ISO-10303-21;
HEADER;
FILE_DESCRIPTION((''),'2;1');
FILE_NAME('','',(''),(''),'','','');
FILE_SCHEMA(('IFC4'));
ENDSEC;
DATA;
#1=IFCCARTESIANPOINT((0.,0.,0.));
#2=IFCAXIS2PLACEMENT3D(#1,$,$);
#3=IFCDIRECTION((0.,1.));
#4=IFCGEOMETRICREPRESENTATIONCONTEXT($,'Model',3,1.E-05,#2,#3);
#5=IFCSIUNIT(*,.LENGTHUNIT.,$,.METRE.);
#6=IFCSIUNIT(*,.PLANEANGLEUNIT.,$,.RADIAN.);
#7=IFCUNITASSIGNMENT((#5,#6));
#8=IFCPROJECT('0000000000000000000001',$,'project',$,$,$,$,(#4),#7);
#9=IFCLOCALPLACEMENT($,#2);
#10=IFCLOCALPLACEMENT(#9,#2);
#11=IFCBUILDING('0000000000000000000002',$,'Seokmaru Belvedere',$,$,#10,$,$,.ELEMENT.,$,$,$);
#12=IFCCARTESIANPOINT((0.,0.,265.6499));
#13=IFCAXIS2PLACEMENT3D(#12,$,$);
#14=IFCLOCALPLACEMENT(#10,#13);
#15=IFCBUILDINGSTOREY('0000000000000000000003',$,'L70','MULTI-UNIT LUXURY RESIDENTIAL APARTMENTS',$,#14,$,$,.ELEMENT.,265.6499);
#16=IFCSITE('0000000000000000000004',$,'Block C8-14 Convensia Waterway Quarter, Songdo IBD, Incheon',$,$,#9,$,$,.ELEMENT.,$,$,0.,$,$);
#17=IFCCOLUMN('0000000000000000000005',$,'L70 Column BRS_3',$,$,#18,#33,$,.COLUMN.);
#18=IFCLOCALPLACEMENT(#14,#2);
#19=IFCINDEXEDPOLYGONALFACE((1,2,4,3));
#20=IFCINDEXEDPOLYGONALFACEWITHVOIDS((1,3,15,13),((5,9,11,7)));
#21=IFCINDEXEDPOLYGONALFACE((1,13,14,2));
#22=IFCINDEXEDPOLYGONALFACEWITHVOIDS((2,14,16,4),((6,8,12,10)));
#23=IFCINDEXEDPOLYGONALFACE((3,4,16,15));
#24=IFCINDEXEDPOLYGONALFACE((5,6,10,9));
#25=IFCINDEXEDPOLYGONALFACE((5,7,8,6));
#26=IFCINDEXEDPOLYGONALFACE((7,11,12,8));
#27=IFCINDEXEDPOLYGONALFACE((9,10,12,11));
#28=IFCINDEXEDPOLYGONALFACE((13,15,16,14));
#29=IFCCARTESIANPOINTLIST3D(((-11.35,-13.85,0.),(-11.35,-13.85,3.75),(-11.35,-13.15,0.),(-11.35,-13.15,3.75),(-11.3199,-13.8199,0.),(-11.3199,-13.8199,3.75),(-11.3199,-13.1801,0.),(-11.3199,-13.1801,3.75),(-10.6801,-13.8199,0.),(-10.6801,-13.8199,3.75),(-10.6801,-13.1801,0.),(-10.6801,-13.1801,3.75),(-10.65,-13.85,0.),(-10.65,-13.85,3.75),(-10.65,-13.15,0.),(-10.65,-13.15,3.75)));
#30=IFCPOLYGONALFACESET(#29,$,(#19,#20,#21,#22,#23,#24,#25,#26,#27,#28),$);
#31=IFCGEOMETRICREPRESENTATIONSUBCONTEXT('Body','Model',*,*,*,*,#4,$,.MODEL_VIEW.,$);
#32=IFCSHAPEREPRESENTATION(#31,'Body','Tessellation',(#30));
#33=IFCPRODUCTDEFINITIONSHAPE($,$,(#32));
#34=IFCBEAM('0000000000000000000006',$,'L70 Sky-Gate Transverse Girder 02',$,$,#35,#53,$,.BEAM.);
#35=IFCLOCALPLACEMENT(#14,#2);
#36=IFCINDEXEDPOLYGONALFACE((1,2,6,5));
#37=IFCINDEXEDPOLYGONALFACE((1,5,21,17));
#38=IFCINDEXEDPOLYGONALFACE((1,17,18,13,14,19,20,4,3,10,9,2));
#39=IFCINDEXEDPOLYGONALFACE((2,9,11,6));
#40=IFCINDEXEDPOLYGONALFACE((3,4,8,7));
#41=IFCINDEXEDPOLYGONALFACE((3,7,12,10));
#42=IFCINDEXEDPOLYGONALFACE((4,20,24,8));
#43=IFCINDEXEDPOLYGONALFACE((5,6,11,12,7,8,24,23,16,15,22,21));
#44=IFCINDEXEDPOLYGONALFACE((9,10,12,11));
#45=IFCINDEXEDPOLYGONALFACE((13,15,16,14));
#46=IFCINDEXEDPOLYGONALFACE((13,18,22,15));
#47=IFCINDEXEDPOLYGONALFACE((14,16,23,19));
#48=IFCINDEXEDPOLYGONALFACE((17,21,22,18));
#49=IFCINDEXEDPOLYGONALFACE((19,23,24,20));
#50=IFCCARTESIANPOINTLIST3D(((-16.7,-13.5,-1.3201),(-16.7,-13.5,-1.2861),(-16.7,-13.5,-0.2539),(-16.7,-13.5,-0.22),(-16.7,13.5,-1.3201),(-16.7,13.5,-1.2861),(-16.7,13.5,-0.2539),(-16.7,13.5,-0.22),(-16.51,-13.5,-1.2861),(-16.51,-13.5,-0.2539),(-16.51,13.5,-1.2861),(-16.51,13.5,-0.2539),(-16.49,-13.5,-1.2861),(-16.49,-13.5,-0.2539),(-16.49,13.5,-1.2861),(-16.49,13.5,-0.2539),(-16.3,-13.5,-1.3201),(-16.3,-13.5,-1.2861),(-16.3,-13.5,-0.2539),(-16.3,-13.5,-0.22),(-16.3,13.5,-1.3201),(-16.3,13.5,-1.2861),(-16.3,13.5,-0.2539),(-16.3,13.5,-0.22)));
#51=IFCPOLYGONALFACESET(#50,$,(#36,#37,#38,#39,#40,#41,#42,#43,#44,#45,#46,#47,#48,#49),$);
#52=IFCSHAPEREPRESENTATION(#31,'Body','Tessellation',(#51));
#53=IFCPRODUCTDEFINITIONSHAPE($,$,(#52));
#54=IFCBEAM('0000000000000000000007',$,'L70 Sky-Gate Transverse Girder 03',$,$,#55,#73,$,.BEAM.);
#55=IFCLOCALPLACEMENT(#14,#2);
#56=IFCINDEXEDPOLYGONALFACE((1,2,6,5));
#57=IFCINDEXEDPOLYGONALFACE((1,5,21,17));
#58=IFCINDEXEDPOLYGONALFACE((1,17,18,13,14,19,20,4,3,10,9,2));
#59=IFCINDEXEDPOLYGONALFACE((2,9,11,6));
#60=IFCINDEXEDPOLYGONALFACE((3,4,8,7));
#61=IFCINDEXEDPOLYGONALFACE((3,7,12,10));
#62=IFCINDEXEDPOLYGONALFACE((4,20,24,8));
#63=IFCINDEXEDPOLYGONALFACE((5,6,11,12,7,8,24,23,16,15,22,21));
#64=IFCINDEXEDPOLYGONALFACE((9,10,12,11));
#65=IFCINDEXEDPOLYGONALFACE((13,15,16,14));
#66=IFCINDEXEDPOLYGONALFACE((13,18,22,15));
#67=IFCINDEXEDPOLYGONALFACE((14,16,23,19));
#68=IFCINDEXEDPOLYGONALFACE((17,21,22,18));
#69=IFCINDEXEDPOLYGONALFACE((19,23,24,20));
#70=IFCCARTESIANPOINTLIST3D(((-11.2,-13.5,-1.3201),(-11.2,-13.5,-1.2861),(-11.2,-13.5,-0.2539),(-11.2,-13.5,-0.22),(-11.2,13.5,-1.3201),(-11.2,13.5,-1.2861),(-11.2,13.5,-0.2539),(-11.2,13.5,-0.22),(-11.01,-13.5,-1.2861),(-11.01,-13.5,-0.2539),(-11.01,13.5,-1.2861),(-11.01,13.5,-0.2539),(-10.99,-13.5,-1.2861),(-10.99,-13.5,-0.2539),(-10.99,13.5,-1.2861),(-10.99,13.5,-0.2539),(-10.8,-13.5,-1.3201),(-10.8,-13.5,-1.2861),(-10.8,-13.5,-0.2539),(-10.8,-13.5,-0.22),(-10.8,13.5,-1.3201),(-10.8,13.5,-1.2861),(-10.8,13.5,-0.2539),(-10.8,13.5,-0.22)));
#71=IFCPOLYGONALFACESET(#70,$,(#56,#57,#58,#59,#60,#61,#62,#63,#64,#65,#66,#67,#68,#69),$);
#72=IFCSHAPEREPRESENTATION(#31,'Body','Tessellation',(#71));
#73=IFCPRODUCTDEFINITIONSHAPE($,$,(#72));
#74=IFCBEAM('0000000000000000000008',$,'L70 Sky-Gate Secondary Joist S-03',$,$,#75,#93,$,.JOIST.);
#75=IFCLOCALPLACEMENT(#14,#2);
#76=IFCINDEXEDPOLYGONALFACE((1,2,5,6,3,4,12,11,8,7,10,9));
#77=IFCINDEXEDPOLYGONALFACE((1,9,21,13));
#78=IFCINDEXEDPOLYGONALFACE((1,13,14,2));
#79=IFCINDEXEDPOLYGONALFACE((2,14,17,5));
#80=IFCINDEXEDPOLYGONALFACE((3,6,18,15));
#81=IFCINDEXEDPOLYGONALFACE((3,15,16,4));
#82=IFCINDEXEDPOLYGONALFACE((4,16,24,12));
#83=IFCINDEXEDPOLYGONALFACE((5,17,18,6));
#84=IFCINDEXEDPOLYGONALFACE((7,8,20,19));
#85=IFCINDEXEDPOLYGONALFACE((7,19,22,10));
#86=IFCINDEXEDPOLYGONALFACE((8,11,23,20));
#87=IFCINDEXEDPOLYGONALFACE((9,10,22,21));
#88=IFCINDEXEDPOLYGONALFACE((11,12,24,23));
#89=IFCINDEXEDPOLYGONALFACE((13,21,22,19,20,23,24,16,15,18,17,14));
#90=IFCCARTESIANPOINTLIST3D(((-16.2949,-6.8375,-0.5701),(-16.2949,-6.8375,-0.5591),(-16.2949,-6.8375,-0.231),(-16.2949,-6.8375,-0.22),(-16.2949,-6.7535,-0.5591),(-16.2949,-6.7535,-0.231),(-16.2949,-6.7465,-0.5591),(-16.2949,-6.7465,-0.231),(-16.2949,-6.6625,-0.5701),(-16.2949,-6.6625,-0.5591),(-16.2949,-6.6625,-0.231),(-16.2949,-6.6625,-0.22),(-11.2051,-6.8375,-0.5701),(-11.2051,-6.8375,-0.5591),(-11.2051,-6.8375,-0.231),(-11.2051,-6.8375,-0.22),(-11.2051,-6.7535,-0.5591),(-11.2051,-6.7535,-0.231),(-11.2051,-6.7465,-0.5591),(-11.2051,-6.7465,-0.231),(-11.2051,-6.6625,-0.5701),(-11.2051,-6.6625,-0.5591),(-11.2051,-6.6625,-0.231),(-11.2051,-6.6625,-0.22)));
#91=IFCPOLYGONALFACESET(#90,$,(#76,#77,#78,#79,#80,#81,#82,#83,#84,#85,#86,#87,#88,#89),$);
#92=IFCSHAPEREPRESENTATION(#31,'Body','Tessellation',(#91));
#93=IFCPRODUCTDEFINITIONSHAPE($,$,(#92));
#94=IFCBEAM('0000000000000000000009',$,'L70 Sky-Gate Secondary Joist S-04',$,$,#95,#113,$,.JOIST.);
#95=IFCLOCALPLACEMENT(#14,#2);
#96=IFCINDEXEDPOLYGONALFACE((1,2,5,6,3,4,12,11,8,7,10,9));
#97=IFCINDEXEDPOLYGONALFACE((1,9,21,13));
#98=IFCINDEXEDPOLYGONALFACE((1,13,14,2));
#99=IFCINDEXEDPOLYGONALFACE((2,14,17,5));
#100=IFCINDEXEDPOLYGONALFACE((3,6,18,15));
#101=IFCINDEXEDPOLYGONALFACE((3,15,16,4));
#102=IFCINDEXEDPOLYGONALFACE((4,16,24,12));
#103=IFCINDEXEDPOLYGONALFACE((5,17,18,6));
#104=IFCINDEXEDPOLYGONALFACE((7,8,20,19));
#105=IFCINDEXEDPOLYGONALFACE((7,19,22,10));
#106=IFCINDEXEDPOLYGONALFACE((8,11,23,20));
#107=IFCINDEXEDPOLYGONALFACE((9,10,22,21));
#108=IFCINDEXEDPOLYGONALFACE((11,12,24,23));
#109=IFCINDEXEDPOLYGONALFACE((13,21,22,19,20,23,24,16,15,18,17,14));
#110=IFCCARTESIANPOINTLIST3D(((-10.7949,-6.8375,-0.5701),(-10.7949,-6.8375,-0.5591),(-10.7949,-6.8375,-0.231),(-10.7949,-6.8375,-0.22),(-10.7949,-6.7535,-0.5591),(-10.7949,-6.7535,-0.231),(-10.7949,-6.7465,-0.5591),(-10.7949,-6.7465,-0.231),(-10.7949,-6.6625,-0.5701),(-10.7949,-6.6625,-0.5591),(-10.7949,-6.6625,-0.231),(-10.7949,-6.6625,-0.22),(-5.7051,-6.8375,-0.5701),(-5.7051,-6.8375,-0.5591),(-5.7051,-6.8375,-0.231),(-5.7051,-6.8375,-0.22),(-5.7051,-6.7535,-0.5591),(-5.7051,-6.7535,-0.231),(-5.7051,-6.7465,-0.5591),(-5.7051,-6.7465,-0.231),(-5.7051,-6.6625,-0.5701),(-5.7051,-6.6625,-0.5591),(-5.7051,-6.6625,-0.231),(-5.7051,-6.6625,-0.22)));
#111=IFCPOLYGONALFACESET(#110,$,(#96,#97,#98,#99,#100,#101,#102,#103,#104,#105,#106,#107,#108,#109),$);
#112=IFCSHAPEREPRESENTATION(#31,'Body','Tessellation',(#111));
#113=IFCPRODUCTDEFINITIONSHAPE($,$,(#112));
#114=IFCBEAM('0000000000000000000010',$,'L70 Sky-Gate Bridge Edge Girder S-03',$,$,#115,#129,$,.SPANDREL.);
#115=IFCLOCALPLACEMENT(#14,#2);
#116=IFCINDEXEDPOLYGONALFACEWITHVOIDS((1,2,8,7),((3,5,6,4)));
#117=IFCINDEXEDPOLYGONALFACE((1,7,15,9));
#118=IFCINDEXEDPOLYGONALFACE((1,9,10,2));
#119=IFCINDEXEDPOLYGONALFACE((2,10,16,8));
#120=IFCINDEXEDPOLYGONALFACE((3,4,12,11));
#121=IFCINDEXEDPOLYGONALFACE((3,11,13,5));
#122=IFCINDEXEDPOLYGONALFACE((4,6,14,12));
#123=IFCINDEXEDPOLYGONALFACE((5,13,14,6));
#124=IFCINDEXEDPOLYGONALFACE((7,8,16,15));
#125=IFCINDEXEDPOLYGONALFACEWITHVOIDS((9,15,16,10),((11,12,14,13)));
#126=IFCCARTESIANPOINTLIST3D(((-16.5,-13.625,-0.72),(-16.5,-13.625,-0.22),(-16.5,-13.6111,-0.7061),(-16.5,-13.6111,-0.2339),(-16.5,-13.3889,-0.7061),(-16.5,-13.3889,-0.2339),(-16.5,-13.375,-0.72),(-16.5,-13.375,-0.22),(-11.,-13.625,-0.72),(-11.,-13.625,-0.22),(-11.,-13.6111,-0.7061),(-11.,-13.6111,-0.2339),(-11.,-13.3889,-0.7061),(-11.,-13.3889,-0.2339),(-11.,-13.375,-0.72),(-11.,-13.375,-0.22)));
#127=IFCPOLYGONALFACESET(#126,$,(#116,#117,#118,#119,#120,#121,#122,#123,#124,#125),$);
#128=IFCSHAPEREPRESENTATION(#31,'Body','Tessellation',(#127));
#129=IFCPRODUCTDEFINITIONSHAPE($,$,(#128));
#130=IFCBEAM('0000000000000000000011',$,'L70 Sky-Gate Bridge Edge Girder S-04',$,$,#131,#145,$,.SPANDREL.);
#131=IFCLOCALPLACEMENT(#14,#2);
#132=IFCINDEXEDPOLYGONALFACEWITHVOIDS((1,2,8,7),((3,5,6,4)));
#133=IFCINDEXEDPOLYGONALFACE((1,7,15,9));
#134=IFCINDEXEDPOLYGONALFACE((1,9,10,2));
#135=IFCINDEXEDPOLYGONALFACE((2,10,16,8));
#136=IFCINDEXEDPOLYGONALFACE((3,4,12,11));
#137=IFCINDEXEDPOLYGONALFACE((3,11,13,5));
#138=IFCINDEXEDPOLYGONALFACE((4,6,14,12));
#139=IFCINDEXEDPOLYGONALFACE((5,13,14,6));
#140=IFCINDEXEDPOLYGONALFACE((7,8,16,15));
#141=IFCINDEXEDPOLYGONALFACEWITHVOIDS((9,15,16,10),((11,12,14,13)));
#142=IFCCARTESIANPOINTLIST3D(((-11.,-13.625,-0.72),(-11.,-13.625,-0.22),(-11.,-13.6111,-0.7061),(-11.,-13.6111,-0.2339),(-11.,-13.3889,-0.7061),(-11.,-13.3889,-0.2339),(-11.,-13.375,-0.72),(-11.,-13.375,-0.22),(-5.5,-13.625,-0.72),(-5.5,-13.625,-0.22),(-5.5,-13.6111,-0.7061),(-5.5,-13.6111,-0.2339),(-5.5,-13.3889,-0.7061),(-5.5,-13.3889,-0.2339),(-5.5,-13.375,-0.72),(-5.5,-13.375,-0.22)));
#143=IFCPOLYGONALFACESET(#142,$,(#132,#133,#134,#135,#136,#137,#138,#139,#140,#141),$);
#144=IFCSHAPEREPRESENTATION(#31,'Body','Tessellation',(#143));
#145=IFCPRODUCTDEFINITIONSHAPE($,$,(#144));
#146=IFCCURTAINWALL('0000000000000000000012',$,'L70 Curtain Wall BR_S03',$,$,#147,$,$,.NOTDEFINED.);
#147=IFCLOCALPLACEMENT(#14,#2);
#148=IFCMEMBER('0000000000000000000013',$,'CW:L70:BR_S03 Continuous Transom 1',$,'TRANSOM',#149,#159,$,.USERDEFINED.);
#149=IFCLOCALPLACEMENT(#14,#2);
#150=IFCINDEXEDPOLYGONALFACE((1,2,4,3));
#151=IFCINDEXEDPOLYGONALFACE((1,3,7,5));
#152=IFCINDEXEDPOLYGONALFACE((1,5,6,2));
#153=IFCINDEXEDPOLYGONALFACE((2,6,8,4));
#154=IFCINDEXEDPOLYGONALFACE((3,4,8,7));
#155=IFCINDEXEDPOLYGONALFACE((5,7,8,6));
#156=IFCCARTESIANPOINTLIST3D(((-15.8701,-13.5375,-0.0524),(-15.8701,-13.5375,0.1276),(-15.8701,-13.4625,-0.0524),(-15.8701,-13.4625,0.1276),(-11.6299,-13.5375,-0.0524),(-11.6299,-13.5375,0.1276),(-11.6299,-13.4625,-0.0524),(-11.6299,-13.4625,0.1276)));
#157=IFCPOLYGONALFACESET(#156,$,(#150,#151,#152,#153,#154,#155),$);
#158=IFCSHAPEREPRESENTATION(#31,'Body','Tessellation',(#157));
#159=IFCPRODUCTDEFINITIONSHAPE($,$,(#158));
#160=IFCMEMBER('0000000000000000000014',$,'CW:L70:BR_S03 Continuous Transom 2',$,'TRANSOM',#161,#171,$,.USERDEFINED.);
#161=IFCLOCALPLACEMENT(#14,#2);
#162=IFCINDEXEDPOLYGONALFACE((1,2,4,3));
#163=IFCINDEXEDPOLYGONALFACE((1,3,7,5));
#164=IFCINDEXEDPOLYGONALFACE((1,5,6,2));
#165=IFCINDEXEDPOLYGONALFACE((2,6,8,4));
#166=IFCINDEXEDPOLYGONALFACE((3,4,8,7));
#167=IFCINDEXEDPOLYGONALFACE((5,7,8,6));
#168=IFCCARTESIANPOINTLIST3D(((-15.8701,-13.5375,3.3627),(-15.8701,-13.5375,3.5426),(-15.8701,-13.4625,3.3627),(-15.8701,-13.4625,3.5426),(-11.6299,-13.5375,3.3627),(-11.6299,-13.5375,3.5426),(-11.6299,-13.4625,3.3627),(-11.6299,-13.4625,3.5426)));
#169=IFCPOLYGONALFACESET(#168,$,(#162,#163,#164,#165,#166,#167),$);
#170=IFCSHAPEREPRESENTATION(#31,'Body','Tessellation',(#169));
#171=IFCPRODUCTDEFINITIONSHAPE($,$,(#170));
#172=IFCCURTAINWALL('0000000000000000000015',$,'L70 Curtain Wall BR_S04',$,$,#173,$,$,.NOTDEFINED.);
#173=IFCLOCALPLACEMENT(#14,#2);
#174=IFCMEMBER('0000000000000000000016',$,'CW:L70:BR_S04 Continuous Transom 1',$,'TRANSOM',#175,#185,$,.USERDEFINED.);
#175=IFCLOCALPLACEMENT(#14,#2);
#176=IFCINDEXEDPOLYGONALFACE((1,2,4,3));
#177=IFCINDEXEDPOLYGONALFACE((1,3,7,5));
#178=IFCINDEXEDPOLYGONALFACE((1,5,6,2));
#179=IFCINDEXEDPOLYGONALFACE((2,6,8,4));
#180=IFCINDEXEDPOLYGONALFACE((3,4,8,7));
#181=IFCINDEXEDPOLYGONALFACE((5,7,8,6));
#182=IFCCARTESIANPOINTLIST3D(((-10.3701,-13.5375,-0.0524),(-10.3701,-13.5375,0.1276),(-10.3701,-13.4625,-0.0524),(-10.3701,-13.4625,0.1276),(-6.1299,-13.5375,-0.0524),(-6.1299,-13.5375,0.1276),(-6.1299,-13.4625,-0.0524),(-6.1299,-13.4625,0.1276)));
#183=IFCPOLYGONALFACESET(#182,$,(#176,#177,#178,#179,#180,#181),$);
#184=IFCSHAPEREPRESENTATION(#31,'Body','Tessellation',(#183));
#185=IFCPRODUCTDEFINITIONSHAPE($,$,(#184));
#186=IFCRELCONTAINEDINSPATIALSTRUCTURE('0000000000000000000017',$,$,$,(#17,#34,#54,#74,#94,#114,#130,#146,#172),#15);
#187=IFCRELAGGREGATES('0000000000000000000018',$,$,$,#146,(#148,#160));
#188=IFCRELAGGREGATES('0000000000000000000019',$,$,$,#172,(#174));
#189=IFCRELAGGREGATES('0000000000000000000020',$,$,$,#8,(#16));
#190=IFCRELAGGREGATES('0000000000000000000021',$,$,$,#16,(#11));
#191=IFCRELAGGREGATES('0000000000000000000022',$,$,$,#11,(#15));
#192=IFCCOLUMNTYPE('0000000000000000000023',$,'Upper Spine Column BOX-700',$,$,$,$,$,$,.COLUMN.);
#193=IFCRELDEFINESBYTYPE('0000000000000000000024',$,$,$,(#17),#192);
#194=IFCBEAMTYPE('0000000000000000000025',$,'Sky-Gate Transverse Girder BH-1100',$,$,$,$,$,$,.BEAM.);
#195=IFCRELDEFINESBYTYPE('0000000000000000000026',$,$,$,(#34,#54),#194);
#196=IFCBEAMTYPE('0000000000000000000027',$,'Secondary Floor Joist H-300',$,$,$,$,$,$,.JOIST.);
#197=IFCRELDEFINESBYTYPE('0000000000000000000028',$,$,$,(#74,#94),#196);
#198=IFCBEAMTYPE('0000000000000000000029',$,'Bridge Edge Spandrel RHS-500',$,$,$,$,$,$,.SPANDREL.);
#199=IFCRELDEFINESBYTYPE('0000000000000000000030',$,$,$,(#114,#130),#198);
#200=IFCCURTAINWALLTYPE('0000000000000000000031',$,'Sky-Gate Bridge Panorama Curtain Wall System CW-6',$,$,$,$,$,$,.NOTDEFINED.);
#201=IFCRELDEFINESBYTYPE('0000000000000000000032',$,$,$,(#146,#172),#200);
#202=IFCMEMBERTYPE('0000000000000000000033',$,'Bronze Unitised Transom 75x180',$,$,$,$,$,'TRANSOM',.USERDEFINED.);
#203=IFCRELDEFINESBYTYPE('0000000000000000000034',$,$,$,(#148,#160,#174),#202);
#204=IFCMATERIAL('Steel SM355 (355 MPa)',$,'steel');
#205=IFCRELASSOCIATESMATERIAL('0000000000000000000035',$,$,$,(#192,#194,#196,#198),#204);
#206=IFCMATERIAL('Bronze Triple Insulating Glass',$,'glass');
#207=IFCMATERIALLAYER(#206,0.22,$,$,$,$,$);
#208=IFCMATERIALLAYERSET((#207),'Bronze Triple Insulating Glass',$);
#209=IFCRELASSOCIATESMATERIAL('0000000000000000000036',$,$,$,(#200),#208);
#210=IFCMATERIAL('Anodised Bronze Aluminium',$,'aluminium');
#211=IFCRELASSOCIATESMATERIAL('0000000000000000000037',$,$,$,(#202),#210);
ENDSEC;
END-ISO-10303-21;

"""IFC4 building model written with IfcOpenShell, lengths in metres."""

from ifc_helpers import new_model, si_unit, direction, frame, origin, origin_2d, place, context, subcontext, project, spatial, rectangle, hollow_rectangle, i_section, extrude, source, transform, mapped, material, layer, layer_set, material_profile, profile_set, type_object, type_shapes, element, aggregate, save


model = new_model("IFC4")

# Units and contexts
model_context = context("Model", 3, precision=1e-05, world=origin(), true_north=direction((0.0, 1.0)))
body_context = subcontext(model_context, "Body", "Model", "MODEL_VIEW")
ifc_project = project(units=[si_unit("LENGTHUNIT", "METRE"), si_unit("PLANEANGLEUNIT", "RADIAN")], contexts=[model_context])

# Site, building, storey
site_placement = place(None, origin())
site = spatial("IfcSite", under=ifc_project, at=site_placement, Name="Block C8-14 Convensia Waterway Quarter, Songdo IBD, Incheon", CompositionType="ELEMENT", RefElevation=0.0)
building_placement = place(site_placement, origin())
building = spatial("IfcBuilding", under=site, at=building_placement, Name="Seokmaru Belvedere", CompositionType="ELEMENT")
storey_placement = place(building_placement, frame((0.0, 0.0, 265.6499)))
storey = spatial("IfcBuildingStorey", under=building, at=storey_placement, Name="L70", Description="MULTI-UNIT LUXURY RESIDENTIAL APARTMENTS", CompositionType="ELEMENT", Elevation=265.6499)

# Column
ifc_material_1 = material(Name="Steel SM355 (355 MPa)", Category="steel")
ifc_material_profile_1 = material_profile(ifc_material_1, hollow_rectangle(XDim=0.7, YDim=0.7, WallThickness=0.03, at=origin_2d()), Name="BOX-700x700x30")
ifc_profile_set_1 = profile_set([ifc_material_profile_1], Name="Steel SM355 (355 MPa)")
column_type = type_object("IfcColumnType", Name="Upper Spine Column BOX-700", PredefinedType="COLUMN", material=ifc_profile_set_1)
shared_shape_1 = source(origin(), body_context, "Body", "SweptSolid", [
    extrude(hollow_rectangle(XDim=0.7, YDim=0.7, WallThickness=0.03, at=origin_2d()), origin(), (0.0, 0.0, 1.0), 3.75),
])
type_shapes(column_type, [shared_shape_1])
column_placement = place(storey_placement, frame((-11.0, -13.5, 0.0), z_axis=(0.0, 0.0, 1.0), x_axis=(1.0, 0.0, 0.0)))
element("IfcColumn", 1, at=column_placement, inside=storey, type_object=column_type, Name="L70 Column BRS_3", PredefinedType="COLUMN", context=body_context, shape_type="MappedRepresentation", body=[
    mapped(shared_shape_1, transform((0.0, 0.0, 0.0), scale=1.0)),
])

# Beams
ifc_material_profile_2 = material_profile(ifc_material_1, i_section(OverallWidth=0.3999, OverallDepth=1.1001, WebThickness=0.02, FlangeThickness=0.0339, at=origin_2d()), Name="BH-1100x400x20x34")
ifc_profile_set_2 = profile_set([ifc_material_profile_2], Name="Steel SM355 (355 MPa)")
beam_type_1 = type_object("IfcBeamType", Name="Sky-Gate Transverse Girder BH-1100", PredefinedType="BEAM", material=ifc_profile_set_2)
shared_shape_2 = source(origin(), body_context, "Body", "SweptSolid", [
    extrude(i_section(OverallWidth=0.3999, OverallDepth=1.1001, WebThickness=0.02, FlangeThickness=0.0339, at=origin_2d()), origin(), (0.0, 0.0, 1.0), 27.0),
])
type_shapes(beam_type_1, [shared_shape_2])
for number, where, z_axis, x_axis, name in (
    (2, (-16.5, -13.5, -0.77), (0.0, 1.0, 0.0), (-1.0, 0.0, 0.0), "L70 Sky-Gate Transverse Girder 02"),
    (3, (-11.0, -13.5, -0.77), (0.0, 1.0, 0.0), (-1.0, 0.0, 0.0), "L70 Sky-Gate Transverse Girder 03"),
):
    element("IfcBeam", number, at=place(storey_placement, frame(where, z_axis=z_axis, x_axis=x_axis)), inside=storey, type_object=beam_type_1, Name=name, PredefinedType="BEAM", context=body_context, shape_type="MappedRepresentation", body=[
        mapped(shared_shape_2, transform((0.0, 0.0, 0.0), scale=1.0)),
    ])
ifc_material_profile_3 = material_profile(ifc_material_1, i_section(OverallWidth=0.175, OverallDepth=0.3501, WebThickness=0.0071, FlangeThickness=0.011, at=origin_2d()), Name="H-350x175x7x11")
ifc_profile_set_3 = profile_set([ifc_material_profile_3], Name="Steel SM355 (355 MPa)")
beam_type_2 = type_object("IfcBeamType", Name="Secondary Floor Joist H-300", PredefinedType="JOIST", material=ifc_profile_set_3)
shared_shape_3 = source(origin(), body_context, "Body", "SweptSolid", [
    extrude(i_section(OverallWidth=0.175, OverallDepth=0.3501, WebThickness=0.0071, FlangeThickness=0.011, at=origin_2d()), origin(), (0.0, 0.0, 1.0), 5.0898),
])
type_shapes(beam_type_2, [shared_shape_3])
for number, where, z_axis, x_axis, name in (
    (4, (-16.2949, -6.75, -0.395), (1.0, 0.0, 0.0), (0.0, 1.0, 0.0), "L70 Sky-Gate Secondary Joist S-03"),
    (5, (-10.7949, -6.75, -0.395), (1.0, 0.0, 0.0), (0.0, 1.0, 0.0), "L70 Sky-Gate Secondary Joist S-04"),
):
    element("IfcBeam", number, at=place(storey_placement, frame(where, z_axis=z_axis, x_axis=x_axis)), inside=storey, type_object=beam_type_2, Name=name, PredefinedType="JOIST", context=body_context, shape_type="MappedRepresentation", body=[
        mapped(shared_shape_3, transform((0.0, 0.0, 0.0), scale=1.0)),
    ])
ifc_material_profile_4 = material_profile(ifc_material_1, hollow_rectangle(XDim=0.25, YDim=0.5, WallThickness=0.0139, at=origin_2d()), Name="RHS-500x250x14")
ifc_profile_set_4 = profile_set([ifc_material_profile_4], Name="Steel SM355 (355 MPa)")
beam_type_3 = type_object("IfcBeamType", Name="Bridge Edge Spandrel RHS-500", PredefinedType="SPANDREL", material=ifc_profile_set_4)
shared_shape_4 = source(origin(), body_context, "Body", "SweptSolid", [
    extrude(hollow_rectangle(XDim=0.25, YDim=0.5, WallThickness=0.0139, at=origin_2d()), origin(), (0.0, 0.0, 1.0), 5.5),
])
type_shapes(beam_type_3, [shared_shape_4])
for number, where, z_axis, x_axis, name in (
    (6, (-16.5, -13.5, -0.47), (1.0, 0.0, 0.0), (0.0, 1.0, 0.0), "L70 Sky-Gate Bridge Edge Girder S-03"),
    (7, (-11.0, -13.5, -0.47), (1.0, 0.0, 0.0), (0.0, 1.0, 0.0), "L70 Sky-Gate Bridge Edge Girder S-04"),
):
    element("IfcBeam", number, at=place(storey_placement, frame(where, z_axis=z_axis, x_axis=x_axis)), inside=storey, type_object=beam_type_3, Name=name, PredefinedType="SPANDREL", context=body_context, shape_type="MappedRepresentation", body=[
        mapped(shared_shape_4, transform((0.0, 0.0, 0.0), scale=1.0)),
    ])

# Curtain walls, members
ifc_material_2 = material(Name="Bronze Triple Insulating Glass", Category="glass")
ifc_layer_1 = layer(ifc_material_2, 0.22)
ifc_layer_set_1 = layer_set([ifc_layer_1], Name="Bronze Triple Insulating Glass")
curtain_wall_type = type_object("IfcCurtainWallType", Name="Sky-Gate Bridge Panorama Curtain Wall System CW-6", PredefinedType="NOTDEFINED", material=ifc_layer_set_1)
curtain_wall_1_placement = place(storey_placement, origin())
curtain_wall_1 = element("IfcCurtainWall", 8, at=curtain_wall_1_placement, inside=storey, type_object=curtain_wall_type, Name="L70 Curtain Wall BR_S03", PredefinedType="NOTDEFINED")
ifc_material_3 = material(Name="Anodised Bronze Aluminium", Category="aluminium")
ifc_material_profile_5 = material_profile(ifc_material_3, rectangle(XDim=0.075, YDim=0.1799, at=origin_2d()), Name="CW-T-75x180")
ifc_profile_set_5 = profile_set([ifc_material_profile_5], Name="Anodised Bronze Aluminium")
member_type_1 = type_object("IfcMemberType", Name="Bronze Unitised Transom 75x180", ElementType="TRANSOM", PredefinedType="USERDEFINED", material=ifc_profile_set_5)
shared_shape_5 = source(origin(), body_context, "Body", "SweptSolid", [
    extrude(rectangle(XDim=0.075, YDim=0.1799, at=origin_2d()), origin(), (0.0, 0.0, 1.0), 4.2402),
])
type_shapes(member_type_1, [shared_shape_5])
member_1_placement = place(storey_placement, frame((-15.8701, -13.5, 0.0376), z_axis=(1.0, 0.0, 0.0), x_axis=(0.0, 1.0, 0.0)))
member_1 = element("IfcMember", 9, at=member_1_placement, type_object=member_type_1, Name="CW:L70:BR_S03 Continuous Transom 1", ObjectType="TRANSOM", PredefinedType="USERDEFINED", context=body_context, shape_type="MappedRepresentation", body=[
    mapped(shared_shape_5, transform((0.0, 0.0, 0.0), scale=1.0)),
])
member_2_placement = place(storey_placement, frame((-15.8701, -13.5, 3.4526), z_axis=(1.0, 0.0, 0.0), x_axis=(0.0, 1.0, 0.0)))
member_2 = element("IfcMember", 10, at=member_2_placement, type_object=member_type_1, Name="CW:L70:BR_S03 Continuous Transom 2", ObjectType="TRANSOM", PredefinedType="USERDEFINED", context=body_context, shape_type="MappedRepresentation", body=[
    mapped(shared_shape_5, transform((0.0, 0.0, 0.0), scale=1.0)),
])
curtain_wall_2_placement = place(storey_placement, origin())
curtain_wall_2 = element("IfcCurtainWall", 11, at=curtain_wall_2_placement, inside=storey, type_object=curtain_wall_type, Name="L70 Curtain Wall BR_S04", PredefinedType="NOTDEFINED")
member_3_placement = place(storey_placement, frame((-10.3701, -13.5, 0.0376), z_axis=(1.0, 0.0, 0.0), x_axis=(0.0, 1.0, 0.0)))
member_3 = element("IfcMember", 12, at=member_3_placement, type_object=member_type_1, Name="CW:L70:BR_S04 Continuous Transom 1", ObjectType="TRANSOM", PredefinedType="USERDEFINED", context=body_context, shape_type="MappedRepresentation", body=[
    mapped(shared_shape_5, transform((0.0, 0.0, 0.0), scale=1.0)),
])

aggregate(curtain_wall_1, [member_1, member_2])
aggregate(curtain_wall_2, [member_3])

save(model, "model.ifc")
